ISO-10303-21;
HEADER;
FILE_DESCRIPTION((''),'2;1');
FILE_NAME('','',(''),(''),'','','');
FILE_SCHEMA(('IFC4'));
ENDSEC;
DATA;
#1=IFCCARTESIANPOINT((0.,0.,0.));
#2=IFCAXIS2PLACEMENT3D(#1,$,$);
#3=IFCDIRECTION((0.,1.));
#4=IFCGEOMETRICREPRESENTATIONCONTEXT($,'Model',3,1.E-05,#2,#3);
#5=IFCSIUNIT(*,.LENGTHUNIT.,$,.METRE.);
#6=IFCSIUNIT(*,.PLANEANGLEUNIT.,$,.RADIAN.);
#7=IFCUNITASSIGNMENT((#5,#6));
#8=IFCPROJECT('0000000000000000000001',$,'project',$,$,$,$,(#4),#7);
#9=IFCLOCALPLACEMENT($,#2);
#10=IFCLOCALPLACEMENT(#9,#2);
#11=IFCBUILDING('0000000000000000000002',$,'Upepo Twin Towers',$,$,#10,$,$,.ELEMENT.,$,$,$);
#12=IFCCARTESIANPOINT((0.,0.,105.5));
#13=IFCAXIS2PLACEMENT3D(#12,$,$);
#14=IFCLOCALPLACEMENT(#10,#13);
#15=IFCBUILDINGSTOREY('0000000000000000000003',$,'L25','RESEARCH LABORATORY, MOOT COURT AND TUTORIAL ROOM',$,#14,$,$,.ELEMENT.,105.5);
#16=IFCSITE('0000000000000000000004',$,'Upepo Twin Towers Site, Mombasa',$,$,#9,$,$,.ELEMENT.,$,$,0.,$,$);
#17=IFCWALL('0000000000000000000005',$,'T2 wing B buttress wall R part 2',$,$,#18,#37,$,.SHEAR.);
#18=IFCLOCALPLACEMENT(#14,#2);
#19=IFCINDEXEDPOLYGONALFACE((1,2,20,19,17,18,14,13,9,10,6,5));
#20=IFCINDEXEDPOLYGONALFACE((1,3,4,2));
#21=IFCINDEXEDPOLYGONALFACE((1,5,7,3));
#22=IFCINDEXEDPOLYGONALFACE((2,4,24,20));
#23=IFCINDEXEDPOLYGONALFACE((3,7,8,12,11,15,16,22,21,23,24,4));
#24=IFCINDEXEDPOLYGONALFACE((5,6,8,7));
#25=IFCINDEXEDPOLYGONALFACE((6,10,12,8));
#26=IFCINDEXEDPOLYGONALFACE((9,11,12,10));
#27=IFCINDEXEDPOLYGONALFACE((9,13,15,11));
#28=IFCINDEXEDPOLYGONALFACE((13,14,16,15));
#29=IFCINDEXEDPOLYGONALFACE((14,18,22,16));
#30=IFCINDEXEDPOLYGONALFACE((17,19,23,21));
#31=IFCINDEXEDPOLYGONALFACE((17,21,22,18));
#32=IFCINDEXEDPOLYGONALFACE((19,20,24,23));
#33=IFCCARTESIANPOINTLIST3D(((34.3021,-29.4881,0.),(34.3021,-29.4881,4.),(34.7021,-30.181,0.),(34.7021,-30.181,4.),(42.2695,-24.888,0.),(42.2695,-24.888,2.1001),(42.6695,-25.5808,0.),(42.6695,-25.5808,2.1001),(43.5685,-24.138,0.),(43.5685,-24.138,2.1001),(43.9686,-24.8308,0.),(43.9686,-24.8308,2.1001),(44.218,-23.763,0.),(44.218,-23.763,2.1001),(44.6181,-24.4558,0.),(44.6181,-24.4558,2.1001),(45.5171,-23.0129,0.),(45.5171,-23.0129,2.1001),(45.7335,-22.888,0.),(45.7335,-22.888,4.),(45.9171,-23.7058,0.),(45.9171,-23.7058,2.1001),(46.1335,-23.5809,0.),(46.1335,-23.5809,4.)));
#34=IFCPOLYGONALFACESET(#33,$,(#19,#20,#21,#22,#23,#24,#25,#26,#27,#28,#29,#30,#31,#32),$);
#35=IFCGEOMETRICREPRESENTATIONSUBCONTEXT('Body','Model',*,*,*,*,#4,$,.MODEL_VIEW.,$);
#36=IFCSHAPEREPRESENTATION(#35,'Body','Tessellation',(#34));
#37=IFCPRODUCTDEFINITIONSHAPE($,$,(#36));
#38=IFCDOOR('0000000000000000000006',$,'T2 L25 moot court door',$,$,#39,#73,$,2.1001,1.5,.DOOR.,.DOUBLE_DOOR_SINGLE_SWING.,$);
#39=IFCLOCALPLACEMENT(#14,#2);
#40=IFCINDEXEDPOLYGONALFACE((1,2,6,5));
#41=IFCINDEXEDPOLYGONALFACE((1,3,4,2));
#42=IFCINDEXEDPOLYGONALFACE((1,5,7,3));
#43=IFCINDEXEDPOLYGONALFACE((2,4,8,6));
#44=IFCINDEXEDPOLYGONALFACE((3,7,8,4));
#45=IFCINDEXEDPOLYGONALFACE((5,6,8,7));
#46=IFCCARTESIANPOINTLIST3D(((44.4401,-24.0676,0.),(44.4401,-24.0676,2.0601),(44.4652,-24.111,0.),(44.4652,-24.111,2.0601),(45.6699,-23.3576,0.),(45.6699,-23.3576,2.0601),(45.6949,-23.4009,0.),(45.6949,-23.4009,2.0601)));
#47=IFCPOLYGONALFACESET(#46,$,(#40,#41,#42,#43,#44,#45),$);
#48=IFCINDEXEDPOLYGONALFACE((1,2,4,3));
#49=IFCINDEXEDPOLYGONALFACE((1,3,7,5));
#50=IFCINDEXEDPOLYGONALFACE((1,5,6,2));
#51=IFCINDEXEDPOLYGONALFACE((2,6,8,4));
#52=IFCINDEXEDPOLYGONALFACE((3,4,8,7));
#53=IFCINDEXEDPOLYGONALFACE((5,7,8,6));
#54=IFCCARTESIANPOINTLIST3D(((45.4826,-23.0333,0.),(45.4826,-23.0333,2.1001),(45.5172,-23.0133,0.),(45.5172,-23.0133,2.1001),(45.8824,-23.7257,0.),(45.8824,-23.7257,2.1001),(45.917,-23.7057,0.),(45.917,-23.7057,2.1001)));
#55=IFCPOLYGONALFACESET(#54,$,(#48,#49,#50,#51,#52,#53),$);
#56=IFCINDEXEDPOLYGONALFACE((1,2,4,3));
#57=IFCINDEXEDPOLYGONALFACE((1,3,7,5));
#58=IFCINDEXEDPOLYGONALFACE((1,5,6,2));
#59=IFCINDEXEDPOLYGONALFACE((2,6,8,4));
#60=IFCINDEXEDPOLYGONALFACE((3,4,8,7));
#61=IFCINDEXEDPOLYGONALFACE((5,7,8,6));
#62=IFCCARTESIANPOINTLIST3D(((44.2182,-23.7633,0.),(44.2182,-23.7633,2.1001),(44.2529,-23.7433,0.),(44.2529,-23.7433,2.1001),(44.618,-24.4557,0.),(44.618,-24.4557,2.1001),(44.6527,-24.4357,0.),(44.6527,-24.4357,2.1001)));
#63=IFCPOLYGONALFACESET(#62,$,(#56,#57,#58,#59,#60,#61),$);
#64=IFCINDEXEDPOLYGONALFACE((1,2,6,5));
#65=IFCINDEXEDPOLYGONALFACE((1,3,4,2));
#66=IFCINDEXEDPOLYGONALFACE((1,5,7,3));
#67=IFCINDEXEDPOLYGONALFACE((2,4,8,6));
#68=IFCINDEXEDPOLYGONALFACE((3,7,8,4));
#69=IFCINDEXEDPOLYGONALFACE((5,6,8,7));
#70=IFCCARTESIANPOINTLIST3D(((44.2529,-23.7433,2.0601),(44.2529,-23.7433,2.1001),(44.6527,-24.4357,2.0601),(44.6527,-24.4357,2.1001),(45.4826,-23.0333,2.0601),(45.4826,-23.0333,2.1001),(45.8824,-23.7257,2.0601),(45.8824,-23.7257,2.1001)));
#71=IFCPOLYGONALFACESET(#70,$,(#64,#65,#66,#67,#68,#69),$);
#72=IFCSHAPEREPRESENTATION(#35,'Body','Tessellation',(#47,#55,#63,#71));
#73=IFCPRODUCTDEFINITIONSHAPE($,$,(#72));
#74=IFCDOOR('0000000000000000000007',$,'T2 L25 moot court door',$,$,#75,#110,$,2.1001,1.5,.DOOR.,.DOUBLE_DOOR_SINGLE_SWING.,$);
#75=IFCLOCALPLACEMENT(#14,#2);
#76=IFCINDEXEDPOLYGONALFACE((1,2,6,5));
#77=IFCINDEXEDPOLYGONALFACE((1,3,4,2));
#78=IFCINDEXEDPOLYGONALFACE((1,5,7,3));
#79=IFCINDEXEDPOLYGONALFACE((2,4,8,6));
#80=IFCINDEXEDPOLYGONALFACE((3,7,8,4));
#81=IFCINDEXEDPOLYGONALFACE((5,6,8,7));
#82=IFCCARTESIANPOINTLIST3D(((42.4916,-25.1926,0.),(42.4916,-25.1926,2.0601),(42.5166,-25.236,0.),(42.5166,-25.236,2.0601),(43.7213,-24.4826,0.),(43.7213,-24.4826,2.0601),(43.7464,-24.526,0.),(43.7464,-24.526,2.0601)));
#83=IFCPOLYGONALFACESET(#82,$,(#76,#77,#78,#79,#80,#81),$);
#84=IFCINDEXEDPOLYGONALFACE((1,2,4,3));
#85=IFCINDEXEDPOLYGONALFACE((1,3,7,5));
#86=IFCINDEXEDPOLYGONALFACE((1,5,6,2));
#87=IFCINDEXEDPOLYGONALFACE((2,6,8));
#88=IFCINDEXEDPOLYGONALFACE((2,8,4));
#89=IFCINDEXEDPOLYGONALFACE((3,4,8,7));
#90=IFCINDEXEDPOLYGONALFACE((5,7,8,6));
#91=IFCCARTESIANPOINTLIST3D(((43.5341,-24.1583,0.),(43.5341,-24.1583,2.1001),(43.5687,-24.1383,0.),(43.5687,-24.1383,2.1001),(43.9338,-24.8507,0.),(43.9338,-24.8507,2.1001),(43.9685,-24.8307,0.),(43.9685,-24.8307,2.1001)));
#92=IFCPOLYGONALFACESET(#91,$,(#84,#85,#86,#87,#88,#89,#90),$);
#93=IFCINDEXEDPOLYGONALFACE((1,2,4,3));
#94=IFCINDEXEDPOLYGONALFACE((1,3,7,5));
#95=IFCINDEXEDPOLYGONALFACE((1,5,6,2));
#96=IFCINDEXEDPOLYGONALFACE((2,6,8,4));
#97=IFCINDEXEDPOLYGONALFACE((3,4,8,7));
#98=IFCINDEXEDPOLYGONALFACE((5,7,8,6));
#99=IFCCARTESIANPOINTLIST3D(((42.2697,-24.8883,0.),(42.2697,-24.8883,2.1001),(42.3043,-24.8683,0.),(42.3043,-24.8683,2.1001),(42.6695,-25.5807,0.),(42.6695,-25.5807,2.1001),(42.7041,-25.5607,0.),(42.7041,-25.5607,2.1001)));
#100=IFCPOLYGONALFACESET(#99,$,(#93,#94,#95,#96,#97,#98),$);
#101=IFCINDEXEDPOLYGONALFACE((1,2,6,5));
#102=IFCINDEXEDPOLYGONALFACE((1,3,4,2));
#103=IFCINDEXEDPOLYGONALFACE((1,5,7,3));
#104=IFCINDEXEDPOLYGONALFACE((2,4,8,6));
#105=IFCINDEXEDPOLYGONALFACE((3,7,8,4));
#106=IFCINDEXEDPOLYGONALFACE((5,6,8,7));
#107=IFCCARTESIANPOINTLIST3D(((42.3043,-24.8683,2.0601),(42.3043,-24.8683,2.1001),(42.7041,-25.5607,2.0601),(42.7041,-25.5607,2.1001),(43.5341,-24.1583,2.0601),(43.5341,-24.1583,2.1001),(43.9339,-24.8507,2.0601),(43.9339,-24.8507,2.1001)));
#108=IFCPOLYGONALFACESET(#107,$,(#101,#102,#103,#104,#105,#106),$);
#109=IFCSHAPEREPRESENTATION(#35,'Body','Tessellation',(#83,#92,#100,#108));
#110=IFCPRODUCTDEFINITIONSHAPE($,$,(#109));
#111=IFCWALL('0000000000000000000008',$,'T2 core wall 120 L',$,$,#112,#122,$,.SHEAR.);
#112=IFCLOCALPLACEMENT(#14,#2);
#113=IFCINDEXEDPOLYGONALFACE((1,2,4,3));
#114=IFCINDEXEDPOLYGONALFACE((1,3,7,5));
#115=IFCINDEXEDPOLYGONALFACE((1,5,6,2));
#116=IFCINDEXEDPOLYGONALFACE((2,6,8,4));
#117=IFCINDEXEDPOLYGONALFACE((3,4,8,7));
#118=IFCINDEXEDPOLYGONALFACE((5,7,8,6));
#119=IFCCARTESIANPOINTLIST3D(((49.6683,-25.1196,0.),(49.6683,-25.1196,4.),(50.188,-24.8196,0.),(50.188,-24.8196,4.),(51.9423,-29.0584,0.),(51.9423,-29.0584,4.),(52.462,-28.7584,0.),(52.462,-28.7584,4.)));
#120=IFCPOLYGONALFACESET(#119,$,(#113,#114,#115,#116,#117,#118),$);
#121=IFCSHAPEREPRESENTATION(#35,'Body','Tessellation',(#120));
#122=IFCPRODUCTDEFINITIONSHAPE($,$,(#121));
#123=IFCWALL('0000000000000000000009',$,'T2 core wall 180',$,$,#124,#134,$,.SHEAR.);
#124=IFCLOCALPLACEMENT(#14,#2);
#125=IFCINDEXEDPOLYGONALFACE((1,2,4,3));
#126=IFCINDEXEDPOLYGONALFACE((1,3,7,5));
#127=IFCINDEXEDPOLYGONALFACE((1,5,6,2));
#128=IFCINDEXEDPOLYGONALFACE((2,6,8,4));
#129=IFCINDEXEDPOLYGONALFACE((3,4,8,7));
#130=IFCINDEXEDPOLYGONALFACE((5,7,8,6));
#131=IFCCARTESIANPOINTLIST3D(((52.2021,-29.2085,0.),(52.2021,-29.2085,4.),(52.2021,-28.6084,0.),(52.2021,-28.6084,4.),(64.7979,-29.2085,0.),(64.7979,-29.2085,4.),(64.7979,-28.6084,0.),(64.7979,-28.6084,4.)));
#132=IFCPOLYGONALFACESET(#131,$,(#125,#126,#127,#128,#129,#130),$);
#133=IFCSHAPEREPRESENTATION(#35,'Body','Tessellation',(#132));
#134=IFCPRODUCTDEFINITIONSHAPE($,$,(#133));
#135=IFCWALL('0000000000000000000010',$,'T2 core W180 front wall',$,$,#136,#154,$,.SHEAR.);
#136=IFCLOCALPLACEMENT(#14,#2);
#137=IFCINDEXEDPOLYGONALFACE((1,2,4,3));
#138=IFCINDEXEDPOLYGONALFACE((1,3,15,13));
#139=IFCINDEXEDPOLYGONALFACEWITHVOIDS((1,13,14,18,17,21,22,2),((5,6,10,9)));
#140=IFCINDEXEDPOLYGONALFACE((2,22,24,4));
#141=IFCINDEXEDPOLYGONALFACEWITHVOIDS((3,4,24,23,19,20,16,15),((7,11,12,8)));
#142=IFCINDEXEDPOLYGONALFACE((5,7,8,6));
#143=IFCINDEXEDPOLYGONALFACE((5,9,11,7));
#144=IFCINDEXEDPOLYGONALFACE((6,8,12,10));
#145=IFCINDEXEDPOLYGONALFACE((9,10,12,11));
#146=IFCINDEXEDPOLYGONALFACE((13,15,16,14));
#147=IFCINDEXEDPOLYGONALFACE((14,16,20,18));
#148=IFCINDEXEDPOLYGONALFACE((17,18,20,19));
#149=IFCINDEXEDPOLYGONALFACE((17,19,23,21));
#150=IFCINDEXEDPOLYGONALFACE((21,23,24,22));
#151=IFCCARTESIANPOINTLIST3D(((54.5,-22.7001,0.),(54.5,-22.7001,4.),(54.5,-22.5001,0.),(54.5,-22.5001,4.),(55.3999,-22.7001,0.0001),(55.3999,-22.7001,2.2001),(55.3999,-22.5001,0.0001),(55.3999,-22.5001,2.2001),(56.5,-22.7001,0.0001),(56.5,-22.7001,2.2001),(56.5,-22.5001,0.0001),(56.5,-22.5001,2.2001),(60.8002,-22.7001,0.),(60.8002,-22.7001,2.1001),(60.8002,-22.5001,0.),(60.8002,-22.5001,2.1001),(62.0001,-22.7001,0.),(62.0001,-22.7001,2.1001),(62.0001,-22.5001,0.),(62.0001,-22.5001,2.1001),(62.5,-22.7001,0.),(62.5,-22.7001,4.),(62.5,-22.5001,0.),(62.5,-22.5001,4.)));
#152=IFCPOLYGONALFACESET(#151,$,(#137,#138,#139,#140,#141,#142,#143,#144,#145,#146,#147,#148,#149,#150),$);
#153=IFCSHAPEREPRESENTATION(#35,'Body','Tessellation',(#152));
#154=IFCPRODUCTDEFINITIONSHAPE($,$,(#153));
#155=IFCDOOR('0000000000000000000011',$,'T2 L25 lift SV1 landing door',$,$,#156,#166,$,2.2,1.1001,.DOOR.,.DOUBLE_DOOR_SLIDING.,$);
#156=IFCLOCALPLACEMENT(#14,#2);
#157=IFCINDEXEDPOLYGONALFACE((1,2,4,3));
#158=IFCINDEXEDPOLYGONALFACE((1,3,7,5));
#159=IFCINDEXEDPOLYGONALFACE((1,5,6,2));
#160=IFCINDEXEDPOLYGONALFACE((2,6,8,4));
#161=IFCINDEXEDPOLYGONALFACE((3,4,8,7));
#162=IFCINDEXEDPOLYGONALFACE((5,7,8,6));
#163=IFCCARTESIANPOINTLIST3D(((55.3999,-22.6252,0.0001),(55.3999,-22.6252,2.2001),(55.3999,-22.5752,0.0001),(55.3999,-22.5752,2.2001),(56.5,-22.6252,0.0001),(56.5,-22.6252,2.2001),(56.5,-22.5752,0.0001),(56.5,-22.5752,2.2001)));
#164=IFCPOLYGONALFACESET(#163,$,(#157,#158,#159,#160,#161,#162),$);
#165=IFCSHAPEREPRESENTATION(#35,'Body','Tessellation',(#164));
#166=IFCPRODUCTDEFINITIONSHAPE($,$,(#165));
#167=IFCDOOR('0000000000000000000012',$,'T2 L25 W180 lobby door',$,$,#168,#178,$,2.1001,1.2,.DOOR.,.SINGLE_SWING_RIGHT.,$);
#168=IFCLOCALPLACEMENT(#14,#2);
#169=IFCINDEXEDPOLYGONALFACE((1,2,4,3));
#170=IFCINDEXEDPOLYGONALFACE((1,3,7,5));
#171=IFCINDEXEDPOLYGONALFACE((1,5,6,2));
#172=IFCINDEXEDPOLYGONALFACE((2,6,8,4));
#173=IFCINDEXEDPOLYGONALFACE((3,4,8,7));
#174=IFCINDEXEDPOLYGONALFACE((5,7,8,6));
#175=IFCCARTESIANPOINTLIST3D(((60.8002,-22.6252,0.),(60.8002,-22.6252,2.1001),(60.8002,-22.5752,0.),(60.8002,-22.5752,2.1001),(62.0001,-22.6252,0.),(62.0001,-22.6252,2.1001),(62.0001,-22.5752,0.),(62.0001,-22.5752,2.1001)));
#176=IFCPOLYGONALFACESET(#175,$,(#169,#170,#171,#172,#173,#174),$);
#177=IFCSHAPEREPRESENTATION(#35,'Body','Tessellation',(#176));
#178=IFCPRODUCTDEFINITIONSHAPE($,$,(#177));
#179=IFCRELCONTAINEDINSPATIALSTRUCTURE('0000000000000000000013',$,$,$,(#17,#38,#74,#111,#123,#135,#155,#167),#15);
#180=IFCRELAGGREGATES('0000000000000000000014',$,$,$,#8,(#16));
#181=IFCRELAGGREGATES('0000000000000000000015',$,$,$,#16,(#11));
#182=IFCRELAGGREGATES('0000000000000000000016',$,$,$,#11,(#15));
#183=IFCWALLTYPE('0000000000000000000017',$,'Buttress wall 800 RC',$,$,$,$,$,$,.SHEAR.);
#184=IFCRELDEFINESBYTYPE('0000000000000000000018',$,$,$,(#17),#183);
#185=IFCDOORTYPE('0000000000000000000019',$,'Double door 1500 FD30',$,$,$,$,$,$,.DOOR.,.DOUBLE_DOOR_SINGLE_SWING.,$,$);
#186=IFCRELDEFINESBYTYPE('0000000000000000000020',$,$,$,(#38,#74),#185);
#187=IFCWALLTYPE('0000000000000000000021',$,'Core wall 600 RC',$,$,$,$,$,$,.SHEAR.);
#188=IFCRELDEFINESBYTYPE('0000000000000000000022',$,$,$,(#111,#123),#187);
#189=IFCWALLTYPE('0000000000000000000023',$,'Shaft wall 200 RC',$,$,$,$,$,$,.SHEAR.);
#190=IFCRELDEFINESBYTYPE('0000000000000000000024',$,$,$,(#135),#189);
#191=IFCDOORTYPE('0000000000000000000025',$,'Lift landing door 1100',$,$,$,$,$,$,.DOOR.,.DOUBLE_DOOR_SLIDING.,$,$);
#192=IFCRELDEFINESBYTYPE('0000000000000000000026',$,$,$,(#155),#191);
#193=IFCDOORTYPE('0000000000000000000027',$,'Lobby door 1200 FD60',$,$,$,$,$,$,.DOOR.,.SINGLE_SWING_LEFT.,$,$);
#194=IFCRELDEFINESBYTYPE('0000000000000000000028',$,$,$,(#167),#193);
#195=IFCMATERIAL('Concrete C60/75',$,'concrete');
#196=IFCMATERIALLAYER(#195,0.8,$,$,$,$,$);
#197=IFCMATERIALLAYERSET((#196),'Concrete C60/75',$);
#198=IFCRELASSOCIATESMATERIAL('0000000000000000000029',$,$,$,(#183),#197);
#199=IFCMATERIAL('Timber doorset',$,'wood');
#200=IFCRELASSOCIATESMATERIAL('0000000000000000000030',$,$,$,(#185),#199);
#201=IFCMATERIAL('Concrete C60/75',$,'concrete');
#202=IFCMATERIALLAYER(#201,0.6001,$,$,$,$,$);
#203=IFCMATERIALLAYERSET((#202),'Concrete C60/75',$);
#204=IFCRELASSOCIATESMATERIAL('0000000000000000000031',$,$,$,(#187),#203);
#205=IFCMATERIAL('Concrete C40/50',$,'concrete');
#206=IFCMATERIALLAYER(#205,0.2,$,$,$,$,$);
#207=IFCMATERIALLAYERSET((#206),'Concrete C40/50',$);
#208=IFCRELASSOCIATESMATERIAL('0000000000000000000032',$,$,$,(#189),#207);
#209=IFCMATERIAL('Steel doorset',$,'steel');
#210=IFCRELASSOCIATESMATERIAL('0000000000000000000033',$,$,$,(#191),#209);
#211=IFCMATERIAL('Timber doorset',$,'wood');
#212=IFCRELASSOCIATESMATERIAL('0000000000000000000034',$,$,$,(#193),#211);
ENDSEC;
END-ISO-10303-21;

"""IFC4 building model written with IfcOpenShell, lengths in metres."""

from ifc_helpers import new_model, si_unit, direction, frame, frame_2d, origin, place, context, subcontext, project, spatial, rectangle, extrude, material, layer, layer_set, type_object, element, fill, save


model = new_model("IFC4")

# Units and contexts
model_context = context("Model", 3, precision=1e-05, world=origin(), true_north=direction((0.0, 1.0)))
body_context = subcontext(model_context, "Body", "Model", "MODEL_VIEW")
ifc_project = project(units=[si_unit("LENGTHUNIT", "METRE"), si_unit("PLANEANGLEUNIT", "RADIAN")], contexts=[model_context])

# Site, building, storey
site_placement = place(None, origin())
site = spatial("IfcSite", under=ifc_project, at=site_placement, Name="Upepo Twin Towers Site, Mombasa", CompositionType="ELEMENT", RefElevation=0.0)
building_placement = place(site_placement, origin())
building = spatial("IfcBuilding", under=site, at=building_placement, Name="Upepo Twin Towers", CompositionType="ELEMENT")
storey_placement = place(building_placement, frame((0.0, 0.0, 105.5)))
storey = spatial("IfcBuildingStorey", under=building, at=storey_placement, Name="L25", Description="RESEARCH LABORATORY, MOOT COURT AND TUTORIAL ROOM", CompositionType="ELEMENT", Elevation=105.5)

# Wall, openings, doors
ifc_material_1 = material(Name="Concrete C60/75", Category="concrete")
ifc_layer_1 = layer(ifc_material_1, 0.8)
ifc_layer_set_1 = layer_set([ifc_layer_1], Name="Concrete C60/75")
wall_type_1 = type_object("IfcWallType", Name="Buttress wall 800 RC", PredefinedType="SHEAR", material=ifc_layer_set_1)
ifc_material_2 = material(Name="Timber doorset", Category="wood")
door_type_1 = type_object("IfcDoorType", Name="Double door 1500 FD30", OperationType="DOUBLE_DOOR_SINGLE_SWING", PredefinedType="DOOR", material=ifc_material_2)
wall_1_placement = place(storey_placement, frame((45.9336, -23.2344, 0.0), z_axis=(0.0, 0.0, 1.0), x_axis=(-0.86602, -0.50001, 0.0)))
wall_1 = element("IfcWall", 1, at=wall_1_placement, inside=storey, type_object=wall_type_1, Name="T2 wing B buttress wall R part 2", PredefinedType="SHEAR", context=body_context, shape_type="SweptSolid", body=[
    extrude(rectangle(XDim=13.2, YDim=0.8, at=frame_2d((6.6001, 0.0))), origin(), (0.0, 0.0, 1.0), 4.0),
])
opening_1_placement = place(wall_1_placement, frame((0.25, 0.0, 0.0)))
opening_1 = element("IfcOpeningElement", 2, at=opening_1_placement, cuts=wall_1, PredefinedType="OPENING", context=body_context, shape_type="SweptSolid", body=[
    extrude(rectangle(XDim=1.5, YDim=2.1001, at=frame_2d((0.75, 1.05))), frame((0.0, 0.4099, 0.0), z_axis=(0.0, -1.0, 0.0), x_axis=(1.0, 0.0, 0.0)), (0.0, 0.0, 1.0), 0.8201),
])
opening_2_placement = place(wall_1_placement, frame((2.5, 0.0, 0.0)))
opening_2 = element("IfcOpeningElement", 3, at=opening_2_placement, cuts=wall_1, PredefinedType="OPENING", context=body_context, shape_type="SweptSolid", body=[
    extrude(rectangle(XDim=1.5, YDim=2.1001, at=frame_2d((0.75, 1.05))), frame((0.0, 0.4099, 0.0), z_axis=(0.0, -1.0, 0.0), x_axis=(1.0, 0.0, 0.0)), (0.0, 0.0, 1.0), 0.8201),
])
door_1_placement = place(opening_1_placement, origin())
door_1 = element("IfcDoor", 4, at=door_1_placement, inside=storey, type_object=door_type_1, Name="T2 L25 moot court door", OperationType="DOUBLE_DOOR_SINGLE_SWING", OverallHeight=2.1001, OverallWidth=1.5, PredefinedType="DOOR", context=body_context, shape_type="SweptSolid", body=[
    extrude(rectangle(XDim=1.42, YDim=2.0601, at=frame_2d((0.75, 1.03))), frame((0.0, 0.0249, 0.0), z_axis=(0.0, -1.0, 0.0), x_axis=(1.0, 0.0, 0.0)), (0.0, 0.0, 1.0), 0.05),
    extrude(rectangle(XDim=0.04, YDim=2.1001, at=frame_2d((0.02, 1.05))), frame((0.0, 0.3999, 0.0), z_axis=(0.0, -1.0, 0.0), x_axis=(1.0, 0.0, 0.0)), (0.0, 0.0, 1.0), 0.7996),
    extrude(rectangle(XDim=0.04, YDim=2.1001, at=frame_2d((1.48, 1.05))), frame((0.0, 0.3999, 0.0), z_axis=(0.0, -1.0, 0.0), x_axis=(1.0, 0.0, 0.0)), (0.0, 0.0, 1.0), 0.7996),
    extrude(rectangle(XDim=1.42, YDim=0.04, at=frame_2d((0.75, 2.0801))), frame((0.0, 0.3999, 0.0), z_axis=(0.0, -1.0, 0.0), x_axis=(1.0, 0.0, 0.0)), (0.0, 0.0, 1.0), 0.7996),
])
fill(opening_1, door_1)
door_2_placement = place(opening_2_placement, origin())
door_2 = element("IfcDoor", 5, at=door_2_placement, inside=storey, type_object=door_type_1, Name="T2 L25 moot court door", OperationType="DOUBLE_DOOR_SINGLE_SWING", OverallHeight=2.1001, OverallWidth=1.5, PredefinedType="DOOR", context=body_context, shape_type="SweptSolid", body=[
    extrude(rectangle(XDim=1.42, YDim=2.0601, at=frame_2d((0.75, 1.03))), frame((0.0, 0.0249, 0.0), z_axis=(0.0, -1.0, 0.0), x_axis=(1.0, 0.0, 0.0)), (0.0, 0.0, 1.0), 0.05),
    extrude(rectangle(XDim=0.04, YDim=2.1001, at=frame_2d((0.02, 1.05))), frame((0.0, 0.3999, 0.0), z_axis=(0.0, -1.0, 0.0), x_axis=(1.0, 0.0, 0.0)), (0.0, 0.0, 1.0), 0.7996),
    extrude(rectangle(XDim=0.04, YDim=2.1001, at=frame_2d((1.48, 1.05))), frame((0.0, 0.3999, 0.0), z_axis=(0.0, -1.0, 0.0), x_axis=(1.0, 0.0, 0.0)), (0.0, 0.0, 1.0), 0.7996),
    extrude(rectangle(XDim=1.42, YDim=0.04, at=frame_2d((0.75, 2.0801))), frame((0.0, 0.3999, 0.0), z_axis=(0.0, -1.0, 0.0), x_axis=(1.0, 0.0, 0.0)), (0.0, 0.0, 1.0), 0.7996),
])
fill(opening_2, door_2)

# Walls
ifc_material_3 = material(Name="Concrete C60/75", Category="concrete")
ifc_layer_2 = layer(ifc_material_3, 0.6001)
ifc_layer_set_2 = layer_set([ifc_layer_2], Name="Concrete C60/75")
wall_type_2 = type_object("IfcWallType", Name="Core wall 600 RC", PredefinedType="SHEAR", material=ifc_layer_set_2)
wall_2_placement = place(storey_placement, frame((49.9282, -24.9697, 0.0), z_axis=(0.0, 0.0, 1.0), x_axis=(0.499984, -0.866035, 0.0)))
element("IfcWall", 6, at=wall_2_placement, inside=storey, type_object=wall_type_2, Name="T2 core wall 120 L", PredefinedType="SHEAR", context=body_context, shape_type="SweptSolid", body=[
    extrude(rectangle(XDim=4.5481, YDim=0.6001, at=frame_2d((2.2739, 0.0))), origin(), (0.0, 0.0, 1.0), 4.0),
])
wall_3_placement = place(storey_placement, frame((52.2021, -28.9084, 0.0), z_axis=(0.0, 0.0, 1.0), x_axis=(1.0, 0.0, 0.0)))
element("IfcWall", 7, at=wall_3_placement, inside=storey, type_object=wall_type_2, Name="T2 core wall 180", PredefinedType="SHEAR", context=body_context, shape_type="SweptSolid", body=[
    extrude(rectangle(XDim=12.5957, YDim=0.6001, at=frame_2d((6.2979, 0.0))), origin(), (0.0, 0.0, 1.0), 4.0),
])

# Wall, openings, doors
ifc_material_4 = material(Name="Concrete C40/50", Category="concrete")
ifc_layer_3 = layer(ifc_material_4, 0.2)
ifc_layer_set_3 = layer_set([ifc_layer_3], Name="Concrete C40/50")
wall_type_3 = type_object("IfcWallType", Name="Shaft wall 200 RC", PredefinedType="SHEAR", material=ifc_layer_set_3)
wall_4_placement = place(storey_placement, frame((54.5, -22.6001, 0.0), z_axis=(0.0, 0.0, 1.0), x_axis=(1.0, 0.0, 0.0)))
wall_4 = element("IfcWall", 8, at=wall_4_placement, inside=storey, type_object=wall_type_3, Name="T2 core W180 front wall", PredefinedType="SHEAR", context=body_context, shape_type="SweptSolid", body=[
    extrude(rectangle(XDim=8.0, YDim=0.2, at=frame_2d((4.0, 0.0))), origin(), (0.0, 0.0, 1.0), 4.0),
])
opening_3_placement = place(wall_4_placement, frame((6.3, 0.0, 0.0)))
opening_3 = element("IfcOpeningElement", 9, at=opening_3_placement, cuts=wall_4, PredefinedType="OPENING", context=body_context, shape_type="SweptSolid", body=[
    extrude(rectangle(XDim=1.2, YDim=2.1001, at=frame_2d((0.6001, 1.05))), frame((0.0, 0.1099, 0.0), z_axis=(0.0, -1.0, 0.0), x_axis=(1.0, 0.0, 0.0)), (0.0, 0.0, 1.0), 0.22),
])
opening_4_placement = place(wall_4_placement, frame((0.8999, 0.0, 0.0)))
opening_4 = element("IfcOpeningElement", 10, at=opening_4_placement, cuts=wall_4, PredefinedType="OPENING", context=body_context, shape_type="SweptSolid", body=[
    extrude(rectangle(XDim=1.1001, YDim=2.2, at=frame_2d((0.55, 1.1001))), frame((0.0, 0.1099, 0.0), z_axis=(0.0, -1.0, 0.0), x_axis=(1.0, 0.0, 0.0)), (0.0, 0.0, 1.0), 0.22),
])
ifc_material_5 = material(Name="Steel doorset", Category="steel")
door_type_2 = type_object("IfcDoorType", Name="Lift landing door 1100", OperationType="DOUBLE_DOOR_SLIDING", PredefinedType="DOOR", material=ifc_material_5)
door_3_placement = place(opening_4_placement, origin())
door_3 = element("IfcDoor", 11, at=door_3_placement, inside=storey, type_object=door_type_2, Name="T2 L25 lift SV1 landing door", OperationType="DOUBLE_DOOR_SLIDING", OverallHeight=2.2, OverallWidth=1.1001, PredefinedType="DOOR", context=body_context, shape_type="SweptSolid", body=[
    extrude(rectangle(XDim=1.1001, YDim=2.2, at=frame_2d((0.55, 1.1001))), frame((0.0, 0.0249, 0.0), z_axis=(0.0, -1.0, 0.0), x_axis=(1.0, 0.0, 0.0)), (0.0, 0.0, 1.0), 0.05),
])
fill(opening_4, door_3)
ifc_material_6 = material(Name="Timber doorset", Category="wood")
door_type_3 = type_object("IfcDoorType", Name="Lobby door 1200 FD60", OperationType="SINGLE_SWING_LEFT", PredefinedType="DOOR", material=ifc_material_6)
door_4_placement = place(opening_3_placement, origin())
door_4 = element("IfcDoor", 12, at=door_4_placement, inside=storey, type_object=door_type_3, Name="T2 L25 W180 lobby door", OperationType="SINGLE_SWING_RIGHT", OverallHeight=2.1001, OverallWidth=1.2, PredefinedType="DOOR", context=body_context, shape_type="SweptSolid", body=[
    extrude(rectangle(XDim=1.2, YDim=2.1001, at=frame_2d((0.6001, 1.05))), frame((0.0, 0.0249, 0.0), z_axis=(0.0, -1.0, 0.0), x_axis=(1.0, 0.0, 0.0)), (0.0, 0.0, 1.0), 0.05),
])
fill(opening_3, door_4)

save(model, "model.ifc")
